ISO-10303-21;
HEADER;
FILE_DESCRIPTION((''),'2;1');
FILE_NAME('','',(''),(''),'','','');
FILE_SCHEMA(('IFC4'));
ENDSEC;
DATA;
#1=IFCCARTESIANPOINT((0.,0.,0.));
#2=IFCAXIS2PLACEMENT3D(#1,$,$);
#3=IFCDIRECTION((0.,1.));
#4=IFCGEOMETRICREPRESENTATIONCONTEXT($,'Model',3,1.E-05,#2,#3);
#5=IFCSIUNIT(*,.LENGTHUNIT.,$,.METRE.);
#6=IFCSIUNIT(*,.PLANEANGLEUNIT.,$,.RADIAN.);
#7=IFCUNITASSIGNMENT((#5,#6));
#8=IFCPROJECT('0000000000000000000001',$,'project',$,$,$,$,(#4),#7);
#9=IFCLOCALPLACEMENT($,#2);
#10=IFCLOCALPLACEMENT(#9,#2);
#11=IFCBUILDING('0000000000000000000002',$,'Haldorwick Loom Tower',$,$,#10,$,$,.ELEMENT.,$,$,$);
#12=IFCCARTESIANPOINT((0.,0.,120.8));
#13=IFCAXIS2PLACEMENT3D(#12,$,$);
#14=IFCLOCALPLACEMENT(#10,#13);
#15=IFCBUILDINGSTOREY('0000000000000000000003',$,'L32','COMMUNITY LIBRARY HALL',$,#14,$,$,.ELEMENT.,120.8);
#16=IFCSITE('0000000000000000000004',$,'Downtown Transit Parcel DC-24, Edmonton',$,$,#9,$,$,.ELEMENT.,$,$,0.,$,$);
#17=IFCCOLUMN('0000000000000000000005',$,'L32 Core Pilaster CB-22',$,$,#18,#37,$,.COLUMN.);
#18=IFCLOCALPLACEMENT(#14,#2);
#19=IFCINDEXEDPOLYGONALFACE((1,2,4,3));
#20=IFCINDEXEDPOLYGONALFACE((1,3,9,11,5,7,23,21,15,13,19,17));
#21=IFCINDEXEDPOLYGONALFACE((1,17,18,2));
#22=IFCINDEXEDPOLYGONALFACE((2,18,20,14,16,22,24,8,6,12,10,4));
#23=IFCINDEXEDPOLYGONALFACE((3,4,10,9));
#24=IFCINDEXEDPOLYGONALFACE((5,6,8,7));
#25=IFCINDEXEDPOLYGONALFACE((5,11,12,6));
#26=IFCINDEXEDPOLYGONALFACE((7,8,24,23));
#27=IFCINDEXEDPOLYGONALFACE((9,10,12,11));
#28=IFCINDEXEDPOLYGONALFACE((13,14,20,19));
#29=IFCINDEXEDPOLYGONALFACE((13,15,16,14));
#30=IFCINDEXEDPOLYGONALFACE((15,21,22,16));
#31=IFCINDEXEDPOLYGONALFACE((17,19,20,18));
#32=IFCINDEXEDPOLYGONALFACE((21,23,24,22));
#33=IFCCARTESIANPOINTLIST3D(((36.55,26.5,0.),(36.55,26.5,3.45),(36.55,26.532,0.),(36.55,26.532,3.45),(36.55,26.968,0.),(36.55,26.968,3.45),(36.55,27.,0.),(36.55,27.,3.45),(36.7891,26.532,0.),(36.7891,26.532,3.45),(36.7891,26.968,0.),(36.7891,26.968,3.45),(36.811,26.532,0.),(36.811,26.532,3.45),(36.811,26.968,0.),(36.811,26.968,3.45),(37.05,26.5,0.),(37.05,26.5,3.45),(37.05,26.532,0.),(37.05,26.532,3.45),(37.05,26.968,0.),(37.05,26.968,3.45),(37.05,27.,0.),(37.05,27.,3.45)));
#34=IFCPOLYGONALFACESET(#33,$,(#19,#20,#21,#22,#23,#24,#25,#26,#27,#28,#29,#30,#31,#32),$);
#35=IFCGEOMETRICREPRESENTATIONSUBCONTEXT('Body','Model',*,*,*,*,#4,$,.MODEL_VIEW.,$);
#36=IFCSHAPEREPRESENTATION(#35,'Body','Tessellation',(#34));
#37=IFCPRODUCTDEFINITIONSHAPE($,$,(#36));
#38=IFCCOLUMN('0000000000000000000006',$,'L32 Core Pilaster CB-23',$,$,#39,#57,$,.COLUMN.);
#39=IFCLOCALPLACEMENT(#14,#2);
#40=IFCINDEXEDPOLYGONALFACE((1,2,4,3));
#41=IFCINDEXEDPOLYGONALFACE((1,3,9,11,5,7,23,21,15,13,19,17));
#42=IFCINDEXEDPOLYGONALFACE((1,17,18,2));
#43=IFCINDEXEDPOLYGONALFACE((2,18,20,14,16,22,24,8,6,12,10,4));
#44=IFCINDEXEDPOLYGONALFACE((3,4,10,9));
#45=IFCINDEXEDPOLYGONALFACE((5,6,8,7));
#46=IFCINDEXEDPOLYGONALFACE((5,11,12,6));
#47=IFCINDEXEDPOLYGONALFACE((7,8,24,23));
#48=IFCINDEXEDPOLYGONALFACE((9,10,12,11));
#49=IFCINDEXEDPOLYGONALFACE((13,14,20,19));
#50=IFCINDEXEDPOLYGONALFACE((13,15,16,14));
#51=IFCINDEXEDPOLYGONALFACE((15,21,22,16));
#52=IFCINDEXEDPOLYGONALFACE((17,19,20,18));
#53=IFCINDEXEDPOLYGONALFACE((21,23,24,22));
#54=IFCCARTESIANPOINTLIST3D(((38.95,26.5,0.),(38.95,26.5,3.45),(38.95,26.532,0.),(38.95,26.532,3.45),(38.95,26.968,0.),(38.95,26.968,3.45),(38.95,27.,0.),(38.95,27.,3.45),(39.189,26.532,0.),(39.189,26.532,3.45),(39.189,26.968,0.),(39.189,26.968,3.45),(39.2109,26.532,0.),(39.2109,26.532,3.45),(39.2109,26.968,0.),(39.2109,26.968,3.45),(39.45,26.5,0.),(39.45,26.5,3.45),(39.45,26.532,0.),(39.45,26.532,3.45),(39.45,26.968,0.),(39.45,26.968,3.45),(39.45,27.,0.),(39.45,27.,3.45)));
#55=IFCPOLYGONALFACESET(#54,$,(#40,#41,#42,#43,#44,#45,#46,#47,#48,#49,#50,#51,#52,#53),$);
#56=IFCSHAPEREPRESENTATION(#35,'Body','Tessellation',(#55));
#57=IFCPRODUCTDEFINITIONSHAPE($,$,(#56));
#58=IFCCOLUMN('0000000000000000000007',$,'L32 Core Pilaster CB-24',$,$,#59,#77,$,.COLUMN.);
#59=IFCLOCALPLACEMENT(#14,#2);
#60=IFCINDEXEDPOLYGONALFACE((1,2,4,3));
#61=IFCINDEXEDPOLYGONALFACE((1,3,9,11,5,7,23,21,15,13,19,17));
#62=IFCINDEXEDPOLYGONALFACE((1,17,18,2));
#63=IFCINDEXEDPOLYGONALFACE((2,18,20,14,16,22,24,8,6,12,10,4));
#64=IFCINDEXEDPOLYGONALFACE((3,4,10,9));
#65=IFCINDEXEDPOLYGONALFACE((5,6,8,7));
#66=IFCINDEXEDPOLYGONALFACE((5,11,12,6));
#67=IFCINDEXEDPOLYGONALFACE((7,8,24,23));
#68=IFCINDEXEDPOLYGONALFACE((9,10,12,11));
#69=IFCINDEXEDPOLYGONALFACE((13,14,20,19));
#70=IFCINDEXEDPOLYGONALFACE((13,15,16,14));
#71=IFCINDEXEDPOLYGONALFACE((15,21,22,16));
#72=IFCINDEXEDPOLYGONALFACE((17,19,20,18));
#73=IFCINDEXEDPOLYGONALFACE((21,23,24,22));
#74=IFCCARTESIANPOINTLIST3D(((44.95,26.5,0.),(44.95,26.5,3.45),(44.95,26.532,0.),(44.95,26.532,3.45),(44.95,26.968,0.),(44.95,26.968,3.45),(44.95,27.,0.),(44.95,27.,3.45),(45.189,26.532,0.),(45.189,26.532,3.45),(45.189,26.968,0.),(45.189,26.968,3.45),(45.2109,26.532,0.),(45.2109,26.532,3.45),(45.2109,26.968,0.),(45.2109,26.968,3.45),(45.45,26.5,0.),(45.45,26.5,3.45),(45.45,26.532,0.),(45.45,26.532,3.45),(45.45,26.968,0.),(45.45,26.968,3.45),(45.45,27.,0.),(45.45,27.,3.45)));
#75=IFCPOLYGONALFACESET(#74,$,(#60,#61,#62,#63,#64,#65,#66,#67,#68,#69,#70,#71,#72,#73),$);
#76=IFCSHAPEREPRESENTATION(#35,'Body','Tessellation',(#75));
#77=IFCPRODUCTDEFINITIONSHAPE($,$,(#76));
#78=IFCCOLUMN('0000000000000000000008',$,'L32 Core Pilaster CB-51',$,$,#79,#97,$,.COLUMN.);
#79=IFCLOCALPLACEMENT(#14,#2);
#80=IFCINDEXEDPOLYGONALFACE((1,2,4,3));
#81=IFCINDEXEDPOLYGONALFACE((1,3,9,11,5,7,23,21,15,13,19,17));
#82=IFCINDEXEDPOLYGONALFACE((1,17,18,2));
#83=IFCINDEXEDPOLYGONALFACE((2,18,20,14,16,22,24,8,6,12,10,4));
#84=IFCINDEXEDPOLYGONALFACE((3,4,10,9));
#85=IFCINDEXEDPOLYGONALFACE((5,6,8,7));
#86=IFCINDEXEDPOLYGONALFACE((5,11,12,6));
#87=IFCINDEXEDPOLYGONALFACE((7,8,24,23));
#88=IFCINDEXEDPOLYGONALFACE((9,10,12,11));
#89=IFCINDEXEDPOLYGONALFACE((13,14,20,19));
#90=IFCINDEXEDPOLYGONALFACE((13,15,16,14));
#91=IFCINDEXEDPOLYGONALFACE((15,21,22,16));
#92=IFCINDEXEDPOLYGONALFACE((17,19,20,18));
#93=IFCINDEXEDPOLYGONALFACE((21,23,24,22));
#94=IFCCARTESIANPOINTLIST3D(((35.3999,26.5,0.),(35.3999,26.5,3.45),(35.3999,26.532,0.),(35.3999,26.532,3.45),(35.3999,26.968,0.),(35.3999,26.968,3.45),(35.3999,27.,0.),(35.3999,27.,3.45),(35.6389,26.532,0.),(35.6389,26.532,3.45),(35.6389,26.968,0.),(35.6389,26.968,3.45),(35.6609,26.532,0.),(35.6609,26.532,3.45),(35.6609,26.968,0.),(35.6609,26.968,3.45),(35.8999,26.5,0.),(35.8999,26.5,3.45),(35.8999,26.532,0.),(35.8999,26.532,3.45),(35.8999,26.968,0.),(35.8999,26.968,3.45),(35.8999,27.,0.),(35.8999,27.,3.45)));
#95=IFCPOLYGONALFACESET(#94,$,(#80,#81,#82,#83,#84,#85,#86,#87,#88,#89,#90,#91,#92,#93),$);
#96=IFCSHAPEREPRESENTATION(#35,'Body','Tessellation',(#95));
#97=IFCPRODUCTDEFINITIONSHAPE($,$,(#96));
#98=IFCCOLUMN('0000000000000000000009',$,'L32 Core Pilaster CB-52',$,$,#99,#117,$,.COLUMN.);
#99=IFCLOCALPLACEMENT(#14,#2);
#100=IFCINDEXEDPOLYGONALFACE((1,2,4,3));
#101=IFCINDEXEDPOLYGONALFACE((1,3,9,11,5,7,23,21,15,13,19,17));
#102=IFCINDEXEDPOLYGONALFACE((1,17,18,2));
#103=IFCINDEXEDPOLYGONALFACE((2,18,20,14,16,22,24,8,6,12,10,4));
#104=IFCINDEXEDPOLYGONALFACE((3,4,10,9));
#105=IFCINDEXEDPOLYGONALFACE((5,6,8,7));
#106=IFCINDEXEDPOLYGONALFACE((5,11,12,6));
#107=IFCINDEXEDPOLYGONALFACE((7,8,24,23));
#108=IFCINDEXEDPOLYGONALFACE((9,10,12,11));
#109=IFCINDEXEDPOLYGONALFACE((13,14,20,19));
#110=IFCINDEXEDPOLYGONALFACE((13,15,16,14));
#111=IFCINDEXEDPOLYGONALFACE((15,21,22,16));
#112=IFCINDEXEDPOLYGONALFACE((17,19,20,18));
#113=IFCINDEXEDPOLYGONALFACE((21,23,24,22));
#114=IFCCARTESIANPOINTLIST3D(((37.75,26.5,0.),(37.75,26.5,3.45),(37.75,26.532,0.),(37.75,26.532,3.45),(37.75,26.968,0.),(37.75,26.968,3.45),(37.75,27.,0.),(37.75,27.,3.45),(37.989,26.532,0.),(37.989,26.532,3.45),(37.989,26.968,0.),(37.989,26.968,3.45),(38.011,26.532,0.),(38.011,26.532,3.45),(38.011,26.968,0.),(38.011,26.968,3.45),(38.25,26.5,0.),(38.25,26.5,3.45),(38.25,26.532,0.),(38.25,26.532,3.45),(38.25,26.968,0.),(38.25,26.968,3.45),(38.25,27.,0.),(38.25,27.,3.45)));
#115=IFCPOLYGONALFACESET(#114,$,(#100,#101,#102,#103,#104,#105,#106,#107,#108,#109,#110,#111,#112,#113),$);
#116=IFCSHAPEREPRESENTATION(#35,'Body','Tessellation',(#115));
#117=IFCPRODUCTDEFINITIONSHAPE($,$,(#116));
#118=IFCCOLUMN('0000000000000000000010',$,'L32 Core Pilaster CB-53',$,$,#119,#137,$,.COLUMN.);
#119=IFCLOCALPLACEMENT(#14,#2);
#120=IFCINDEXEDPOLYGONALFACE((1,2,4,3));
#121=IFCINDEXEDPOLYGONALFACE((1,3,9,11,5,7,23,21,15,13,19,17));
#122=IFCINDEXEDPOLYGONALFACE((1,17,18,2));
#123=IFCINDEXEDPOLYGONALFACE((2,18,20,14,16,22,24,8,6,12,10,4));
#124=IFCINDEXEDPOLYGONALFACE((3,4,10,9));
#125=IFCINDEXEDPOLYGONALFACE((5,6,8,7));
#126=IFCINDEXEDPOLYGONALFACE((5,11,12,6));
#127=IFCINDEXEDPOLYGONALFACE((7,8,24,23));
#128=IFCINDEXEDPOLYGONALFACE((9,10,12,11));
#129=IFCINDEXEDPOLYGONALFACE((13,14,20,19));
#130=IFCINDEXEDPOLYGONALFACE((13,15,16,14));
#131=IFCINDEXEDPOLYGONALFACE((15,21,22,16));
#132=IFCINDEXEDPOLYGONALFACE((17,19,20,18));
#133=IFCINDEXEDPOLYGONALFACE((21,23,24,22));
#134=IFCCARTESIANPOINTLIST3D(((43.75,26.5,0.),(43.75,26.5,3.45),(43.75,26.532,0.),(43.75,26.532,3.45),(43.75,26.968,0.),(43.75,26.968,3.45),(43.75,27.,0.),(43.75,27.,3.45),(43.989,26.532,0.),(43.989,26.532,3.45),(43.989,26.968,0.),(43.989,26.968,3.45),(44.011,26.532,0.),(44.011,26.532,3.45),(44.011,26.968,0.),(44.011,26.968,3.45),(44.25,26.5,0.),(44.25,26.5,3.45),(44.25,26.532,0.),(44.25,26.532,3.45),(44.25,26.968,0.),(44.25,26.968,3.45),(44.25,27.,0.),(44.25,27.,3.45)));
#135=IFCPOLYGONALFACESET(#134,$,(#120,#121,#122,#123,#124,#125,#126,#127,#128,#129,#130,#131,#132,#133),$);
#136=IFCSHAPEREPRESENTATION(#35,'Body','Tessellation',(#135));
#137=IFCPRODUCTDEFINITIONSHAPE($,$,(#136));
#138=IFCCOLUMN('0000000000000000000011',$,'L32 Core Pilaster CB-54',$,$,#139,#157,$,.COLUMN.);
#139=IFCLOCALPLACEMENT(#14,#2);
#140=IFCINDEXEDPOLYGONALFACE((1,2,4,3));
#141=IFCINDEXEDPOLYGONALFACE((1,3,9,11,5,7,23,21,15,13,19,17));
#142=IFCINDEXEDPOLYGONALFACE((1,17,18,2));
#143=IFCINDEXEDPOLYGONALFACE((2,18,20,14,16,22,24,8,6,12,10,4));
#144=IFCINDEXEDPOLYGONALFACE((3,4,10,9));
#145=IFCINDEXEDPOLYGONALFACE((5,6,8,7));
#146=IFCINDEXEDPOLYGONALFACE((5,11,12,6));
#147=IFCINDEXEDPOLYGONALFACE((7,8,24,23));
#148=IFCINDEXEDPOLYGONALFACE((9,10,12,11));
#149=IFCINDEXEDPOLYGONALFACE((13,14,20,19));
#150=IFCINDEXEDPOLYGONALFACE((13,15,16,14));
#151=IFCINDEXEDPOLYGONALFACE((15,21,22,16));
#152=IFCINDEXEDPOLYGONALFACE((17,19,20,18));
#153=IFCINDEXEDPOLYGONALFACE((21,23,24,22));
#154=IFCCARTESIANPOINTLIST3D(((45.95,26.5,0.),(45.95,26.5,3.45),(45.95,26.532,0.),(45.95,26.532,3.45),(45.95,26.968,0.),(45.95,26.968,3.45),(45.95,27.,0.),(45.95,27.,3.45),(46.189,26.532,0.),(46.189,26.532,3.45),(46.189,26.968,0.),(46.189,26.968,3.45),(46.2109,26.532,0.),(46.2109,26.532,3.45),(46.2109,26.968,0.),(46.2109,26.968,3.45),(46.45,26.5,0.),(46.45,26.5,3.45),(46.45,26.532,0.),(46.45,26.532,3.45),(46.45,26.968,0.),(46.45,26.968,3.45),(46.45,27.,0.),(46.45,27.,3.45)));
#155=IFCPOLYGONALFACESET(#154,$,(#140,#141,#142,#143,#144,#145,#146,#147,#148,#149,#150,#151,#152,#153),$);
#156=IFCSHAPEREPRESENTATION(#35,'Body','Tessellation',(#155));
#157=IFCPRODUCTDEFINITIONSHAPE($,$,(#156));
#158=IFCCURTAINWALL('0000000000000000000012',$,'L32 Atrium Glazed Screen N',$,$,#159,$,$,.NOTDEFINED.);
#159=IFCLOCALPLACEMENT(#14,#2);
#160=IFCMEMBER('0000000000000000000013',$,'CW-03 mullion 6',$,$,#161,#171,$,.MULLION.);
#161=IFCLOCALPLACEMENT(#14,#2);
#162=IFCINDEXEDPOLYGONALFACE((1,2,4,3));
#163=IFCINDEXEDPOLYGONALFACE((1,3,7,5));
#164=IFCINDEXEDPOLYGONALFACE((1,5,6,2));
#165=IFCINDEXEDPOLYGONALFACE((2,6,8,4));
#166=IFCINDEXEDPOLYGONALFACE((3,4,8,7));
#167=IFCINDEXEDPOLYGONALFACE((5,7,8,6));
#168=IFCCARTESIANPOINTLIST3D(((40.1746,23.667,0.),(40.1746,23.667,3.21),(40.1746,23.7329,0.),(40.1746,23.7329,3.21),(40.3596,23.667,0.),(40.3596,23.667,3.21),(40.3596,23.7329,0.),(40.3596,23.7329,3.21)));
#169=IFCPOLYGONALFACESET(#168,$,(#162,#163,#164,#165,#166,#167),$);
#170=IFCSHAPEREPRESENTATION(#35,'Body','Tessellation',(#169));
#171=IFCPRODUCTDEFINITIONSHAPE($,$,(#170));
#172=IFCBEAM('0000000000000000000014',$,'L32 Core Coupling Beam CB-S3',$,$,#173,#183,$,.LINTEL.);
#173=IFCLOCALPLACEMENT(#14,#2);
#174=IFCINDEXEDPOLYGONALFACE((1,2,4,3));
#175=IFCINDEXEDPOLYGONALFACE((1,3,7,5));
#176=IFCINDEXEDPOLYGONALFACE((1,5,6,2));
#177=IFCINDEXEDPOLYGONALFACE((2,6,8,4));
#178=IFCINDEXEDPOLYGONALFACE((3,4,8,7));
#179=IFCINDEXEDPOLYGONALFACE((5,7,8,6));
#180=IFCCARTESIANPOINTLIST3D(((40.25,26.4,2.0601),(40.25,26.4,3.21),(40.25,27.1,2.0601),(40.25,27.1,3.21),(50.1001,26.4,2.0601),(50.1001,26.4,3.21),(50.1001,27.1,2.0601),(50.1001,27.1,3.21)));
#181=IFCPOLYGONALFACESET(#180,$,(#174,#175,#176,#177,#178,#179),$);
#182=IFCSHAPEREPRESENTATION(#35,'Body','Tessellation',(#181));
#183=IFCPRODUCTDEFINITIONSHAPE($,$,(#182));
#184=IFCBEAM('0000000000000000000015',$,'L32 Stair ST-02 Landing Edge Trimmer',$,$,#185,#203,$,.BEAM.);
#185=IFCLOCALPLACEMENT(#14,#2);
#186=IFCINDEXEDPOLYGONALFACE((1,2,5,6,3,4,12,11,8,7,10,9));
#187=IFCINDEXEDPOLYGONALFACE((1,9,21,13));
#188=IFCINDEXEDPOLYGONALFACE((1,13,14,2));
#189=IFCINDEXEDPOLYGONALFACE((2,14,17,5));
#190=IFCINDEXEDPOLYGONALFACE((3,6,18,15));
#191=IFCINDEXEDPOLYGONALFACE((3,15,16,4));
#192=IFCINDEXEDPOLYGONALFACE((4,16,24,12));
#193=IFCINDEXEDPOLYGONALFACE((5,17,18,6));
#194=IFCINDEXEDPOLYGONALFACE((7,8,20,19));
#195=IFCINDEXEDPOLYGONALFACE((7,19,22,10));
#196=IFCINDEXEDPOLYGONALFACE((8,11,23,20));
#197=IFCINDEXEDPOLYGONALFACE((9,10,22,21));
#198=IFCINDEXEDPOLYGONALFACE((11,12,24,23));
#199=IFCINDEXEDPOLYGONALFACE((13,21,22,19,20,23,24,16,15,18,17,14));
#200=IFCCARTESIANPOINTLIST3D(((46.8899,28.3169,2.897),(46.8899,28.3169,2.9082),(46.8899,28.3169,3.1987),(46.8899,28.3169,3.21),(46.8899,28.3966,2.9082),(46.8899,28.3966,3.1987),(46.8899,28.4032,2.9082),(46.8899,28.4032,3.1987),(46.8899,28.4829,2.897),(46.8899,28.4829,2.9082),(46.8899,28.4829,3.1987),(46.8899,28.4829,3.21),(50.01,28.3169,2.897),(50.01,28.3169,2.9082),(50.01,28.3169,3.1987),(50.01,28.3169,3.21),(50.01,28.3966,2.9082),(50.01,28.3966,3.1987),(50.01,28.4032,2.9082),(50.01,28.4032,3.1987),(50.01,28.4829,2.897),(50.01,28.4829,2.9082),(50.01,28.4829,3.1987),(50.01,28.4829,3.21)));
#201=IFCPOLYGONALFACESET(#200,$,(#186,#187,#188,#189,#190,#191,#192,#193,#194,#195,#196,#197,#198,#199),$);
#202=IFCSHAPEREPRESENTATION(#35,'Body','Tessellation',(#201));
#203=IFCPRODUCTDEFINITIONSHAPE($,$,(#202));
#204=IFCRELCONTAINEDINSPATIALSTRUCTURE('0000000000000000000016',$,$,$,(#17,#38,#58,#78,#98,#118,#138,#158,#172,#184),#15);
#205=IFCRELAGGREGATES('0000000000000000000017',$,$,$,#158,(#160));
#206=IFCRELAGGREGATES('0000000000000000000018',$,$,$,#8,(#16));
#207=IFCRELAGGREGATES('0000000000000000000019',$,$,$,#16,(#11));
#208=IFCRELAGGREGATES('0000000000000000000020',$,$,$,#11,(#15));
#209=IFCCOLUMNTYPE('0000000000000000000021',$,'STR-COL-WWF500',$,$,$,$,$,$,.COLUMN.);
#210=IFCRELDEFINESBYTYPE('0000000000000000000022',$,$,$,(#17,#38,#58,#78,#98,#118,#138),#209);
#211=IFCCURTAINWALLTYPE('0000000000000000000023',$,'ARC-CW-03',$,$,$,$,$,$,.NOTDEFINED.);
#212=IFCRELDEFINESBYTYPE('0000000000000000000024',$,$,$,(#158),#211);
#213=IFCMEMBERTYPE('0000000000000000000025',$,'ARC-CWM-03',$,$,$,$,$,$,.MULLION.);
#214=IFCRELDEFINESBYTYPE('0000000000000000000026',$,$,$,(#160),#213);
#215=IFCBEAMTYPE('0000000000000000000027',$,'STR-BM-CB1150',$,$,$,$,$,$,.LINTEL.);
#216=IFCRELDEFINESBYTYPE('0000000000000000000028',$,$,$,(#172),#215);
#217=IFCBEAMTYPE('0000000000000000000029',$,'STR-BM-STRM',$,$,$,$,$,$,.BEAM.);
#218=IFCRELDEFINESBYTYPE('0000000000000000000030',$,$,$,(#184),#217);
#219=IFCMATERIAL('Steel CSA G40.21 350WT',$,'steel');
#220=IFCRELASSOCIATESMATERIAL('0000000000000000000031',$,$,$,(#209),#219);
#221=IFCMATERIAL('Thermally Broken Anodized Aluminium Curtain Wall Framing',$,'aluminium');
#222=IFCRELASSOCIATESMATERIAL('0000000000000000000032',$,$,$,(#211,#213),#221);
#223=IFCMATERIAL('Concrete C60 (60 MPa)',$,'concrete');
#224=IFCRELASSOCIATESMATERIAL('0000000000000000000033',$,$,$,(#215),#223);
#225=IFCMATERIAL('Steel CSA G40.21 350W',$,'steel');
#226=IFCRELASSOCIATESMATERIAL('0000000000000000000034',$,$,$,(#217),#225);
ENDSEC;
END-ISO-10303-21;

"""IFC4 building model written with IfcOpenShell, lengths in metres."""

from ifc_helpers import new_model, si_unit, direction, frame, origin, origin_2d, place, context, subcontext, project, spatial, rectangle, i_section, extrude, material, material_profile, profile_set, type_object, element, aggregate, save


model = new_model("IFC4")

# Units and contexts
model_context = context("Model", 3, precision=1e-05, world=origin(), true_north=direction((0.0, 1.0)))
body_context = subcontext(model_context, "Body", "Model", "MODEL_VIEW")
ifc_project = project(units=[si_unit("LENGTHUNIT", "METRE"), si_unit("PLANEANGLEUNIT", "RADIAN")], contexts=[model_context])

# Site, building, storey
site_placement = place(None, origin())
site = spatial("IfcSite", under=ifc_project, at=site_placement, Name="Downtown Transit Parcel DC-24, Edmonton", CompositionType="ELEMENT", RefElevation=0.0)
building_placement = place(site_placement, origin())
building = spatial("IfcBuilding", under=site, at=building_placement, Name="Haldorwick Loom Tower", CompositionType="ELEMENT")
storey_placement = place(building_placement, frame((0.0, 0.0, 120.8)))
storey = spatial("IfcBuildingStorey", under=building, at=storey_placement, Name="L32", Description="COMMUNITY LIBRARY HALL", CompositionType="ELEMENT", Elevation=120.8)

# Columns
ifc_material_1 = material(Name="Steel CSA G40.21 350WT", Category="steel")
ifc_material_profile_1 = material_profile(ifc_material_1, i_section(OverallWidth=0.5, OverallDepth=0.5, WebThickness=0.022, FlangeThickness=0.032, at=origin_2d()), Name="WWF500X500", Category="steel")
ifc_profile_set_1 = profile_set([ifc_material_profile_1], Name="Steel CSA G40.21 350WT")
column_type = type_object("IfcColumnType", Name="STR-COL-WWF500", PredefinedType="COLUMN", material=ifc_profile_set_1)
for number, where, z_axis, x_axis, name in (
    (1, (36.8, 26.75, 0.0), (0.0, 0.0, 1.0), (1.0, 0.0, 0.0), "L32 Core Pilaster CB-22"),
    (2, (39.2, 26.75, 0.0), (0.0, 0.0, 1.0), (1.0, 0.0, 0.0), "L32 Core Pilaster CB-23"),
    (3, (45.2, 26.75, 0.0), (0.0, 0.0, 1.0), (1.0, 0.0, 0.0), "L32 Core Pilaster CB-24"),
    (4, (35.6499, 26.75, 0.0), (0.0, 0.0, 1.0), (1.0, 0.0, 0.0), "L32 Core Pilaster CB-51"),
    (5, (38.0, 26.75, 0.0), (0.0, 0.0, 1.0), (1.0, 0.0, 0.0), "L32 Core Pilaster CB-52"),
    (6, (44.0, 26.75, 0.0), (0.0, 0.0, 1.0), (1.0, 0.0, 0.0), "L32 Core Pilaster CB-53"),
    (7, (46.2, 26.75, 0.0), (0.0, 0.0, 1.0), (1.0, 0.0, 0.0), "L32 Core Pilaster CB-54"),
):
    element("IfcColumn", number, at=place(storey_placement, frame(where, z_axis=z_axis, x_axis=x_axis)), inside=storey, type_object=column_type, Name=name, PredefinedType="COLUMN", context=body_context, shape_type="SweptSolid", body=[
        extrude(i_section(OverallWidth=0.5, OverallDepth=0.5, WebThickness=0.022, FlangeThickness=0.032, at=origin_2d()), origin(), (0.0, 0.0, 1.0), 3.45),
    ])

# Curtain wall, member
ifc_material_2 = material(Name="Thermally Broken Anodized Aluminium Curtain Wall Framing", Category="aluminium")
curtain_wall_type = type_object("IfcCurtainWallType", Name="ARC-CW-03", PredefinedType="NOTDEFINED", material=ifc_material_2)
curtain_wall_placement = place(storey_placement, origin())
curtain_wall = element("IfcCurtainWall", 8, at=curtain_wall_placement, inside=storey, type_object=curtain_wall_type, Name="L32 Atrium Glazed Screen N", PredefinedType="NOTDEFINED")
ifc_material_profile_2 = material_profile(ifc_material_2, rectangle(XDim=0.0659, YDim=0.1851, at=origin_2d()), Name="ALU_MUL_66X185", Category="aluminium")
ifc_profile_set_2 = profile_set([ifc_material_profile_2], Name="Thermally Broken Anodized Aluminium Curtain Wall Framing")
member_type = type_object("IfcMemberType", Name="ARC-CWM-03", PredefinedType="MULLION", material=ifc_profile_set_2)
member_placement = place(storey_placement, frame((40.2671, 23.7, 0.0), z_axis=(0.0, 0.0, 1.0), x_axis=(0.0, 1.0, 0.0)))
member = element("IfcMember", 9, at=member_placement, type_object=member_type, Name="CW-03 mullion 6", PredefinedType="MULLION", context=body_context, shape_type="SweptSolid", body=[
    extrude(rectangle(XDim=0.0659, YDim=0.1851, at=origin_2d()), origin(), (0.0, 0.0, 1.0), 3.21),
])
aggregate(curtain_wall, [member])

# Beams
ifc_material_3 = material(Name="Concrete C60 (60 MPa)", Category="concrete")
ifc_material_profile_3 = material_profile(ifc_material_3, rectangle(XDim=0.7, YDim=1.1499, at=origin_2d()), Name="RC700X1150", Category="concrete")
ifc_profile_set_3 = profile_set([ifc_material_profile_3], Name="Concrete C60 (60 MPa)")
beam_type_1 = type_object("IfcBeamType", Name="STR-BM-CB1150", PredefinedType="LINTEL", material=ifc_profile_set_3)
beam_placement = place(storey_placement, frame((40.25, 26.75, 2.635), z_axis=(1.0, 0.0, 0.0), x_axis=(0.0, 1.0, 0.0)))
element("IfcBeam", 10, at=beam_placement, inside=storey, type_object=beam_type_1, Name="L32 Core Coupling Beam CB-S3", PredefinedType="LINTEL", context=body_context, shape_type="SweptSolid", body=[
    extrude(rectangle(XDim=0.7, YDim=1.1499, at=origin_2d()), origin(), (0.0, 0.0, 1.0), 9.8501),
])
ifc_material_4 = material(Name="Steel CSA G40.21 350W", Category="steel")
ifc_material_profile_4 = material_profile(ifc_material_4, i_section(OverallWidth=0.166, OverallDepth=0.313, WebThickness=0.0066, FlangeThickness=0.0112, at=origin_2d()), Name="W310X45", Category="steel")
ifc_profile_set_4 = profile_set([ifc_material_profile_4], Name="Steel CSA G40.21 350W")
beam_type_2 = type_object("IfcBeamType", Name="STR-BM-STRM", PredefinedType="BEAM", material=ifc_profile_set_4)
for number, where, z_axis, x_axis, name in (
    (11, (46.8899, 28.3999, 3.0535), (1.0, 0.0, 0.0), (0.0, 1.0, 0.0), "L32 Stair ST-02 Landing Edge Trimmer"),
):
    element("IfcBeam", number, at=place(storey_placement, frame(where, z_axis=z_axis, x_axis=x_axis)), inside=storey, type_object=beam_type_2, Name=name, PredefinedType="BEAM", context=body_context, shape_type="SweptSolid", body=[
        extrude(i_section(OverallWidth=0.166, OverallDepth=0.313, WebThickness=0.0066, FlangeThickness=0.0112, at=origin_2d()), origin(), (0.0, 0.0, 1.0), 3.1201),
    ])

save(model, "model.ifc")
